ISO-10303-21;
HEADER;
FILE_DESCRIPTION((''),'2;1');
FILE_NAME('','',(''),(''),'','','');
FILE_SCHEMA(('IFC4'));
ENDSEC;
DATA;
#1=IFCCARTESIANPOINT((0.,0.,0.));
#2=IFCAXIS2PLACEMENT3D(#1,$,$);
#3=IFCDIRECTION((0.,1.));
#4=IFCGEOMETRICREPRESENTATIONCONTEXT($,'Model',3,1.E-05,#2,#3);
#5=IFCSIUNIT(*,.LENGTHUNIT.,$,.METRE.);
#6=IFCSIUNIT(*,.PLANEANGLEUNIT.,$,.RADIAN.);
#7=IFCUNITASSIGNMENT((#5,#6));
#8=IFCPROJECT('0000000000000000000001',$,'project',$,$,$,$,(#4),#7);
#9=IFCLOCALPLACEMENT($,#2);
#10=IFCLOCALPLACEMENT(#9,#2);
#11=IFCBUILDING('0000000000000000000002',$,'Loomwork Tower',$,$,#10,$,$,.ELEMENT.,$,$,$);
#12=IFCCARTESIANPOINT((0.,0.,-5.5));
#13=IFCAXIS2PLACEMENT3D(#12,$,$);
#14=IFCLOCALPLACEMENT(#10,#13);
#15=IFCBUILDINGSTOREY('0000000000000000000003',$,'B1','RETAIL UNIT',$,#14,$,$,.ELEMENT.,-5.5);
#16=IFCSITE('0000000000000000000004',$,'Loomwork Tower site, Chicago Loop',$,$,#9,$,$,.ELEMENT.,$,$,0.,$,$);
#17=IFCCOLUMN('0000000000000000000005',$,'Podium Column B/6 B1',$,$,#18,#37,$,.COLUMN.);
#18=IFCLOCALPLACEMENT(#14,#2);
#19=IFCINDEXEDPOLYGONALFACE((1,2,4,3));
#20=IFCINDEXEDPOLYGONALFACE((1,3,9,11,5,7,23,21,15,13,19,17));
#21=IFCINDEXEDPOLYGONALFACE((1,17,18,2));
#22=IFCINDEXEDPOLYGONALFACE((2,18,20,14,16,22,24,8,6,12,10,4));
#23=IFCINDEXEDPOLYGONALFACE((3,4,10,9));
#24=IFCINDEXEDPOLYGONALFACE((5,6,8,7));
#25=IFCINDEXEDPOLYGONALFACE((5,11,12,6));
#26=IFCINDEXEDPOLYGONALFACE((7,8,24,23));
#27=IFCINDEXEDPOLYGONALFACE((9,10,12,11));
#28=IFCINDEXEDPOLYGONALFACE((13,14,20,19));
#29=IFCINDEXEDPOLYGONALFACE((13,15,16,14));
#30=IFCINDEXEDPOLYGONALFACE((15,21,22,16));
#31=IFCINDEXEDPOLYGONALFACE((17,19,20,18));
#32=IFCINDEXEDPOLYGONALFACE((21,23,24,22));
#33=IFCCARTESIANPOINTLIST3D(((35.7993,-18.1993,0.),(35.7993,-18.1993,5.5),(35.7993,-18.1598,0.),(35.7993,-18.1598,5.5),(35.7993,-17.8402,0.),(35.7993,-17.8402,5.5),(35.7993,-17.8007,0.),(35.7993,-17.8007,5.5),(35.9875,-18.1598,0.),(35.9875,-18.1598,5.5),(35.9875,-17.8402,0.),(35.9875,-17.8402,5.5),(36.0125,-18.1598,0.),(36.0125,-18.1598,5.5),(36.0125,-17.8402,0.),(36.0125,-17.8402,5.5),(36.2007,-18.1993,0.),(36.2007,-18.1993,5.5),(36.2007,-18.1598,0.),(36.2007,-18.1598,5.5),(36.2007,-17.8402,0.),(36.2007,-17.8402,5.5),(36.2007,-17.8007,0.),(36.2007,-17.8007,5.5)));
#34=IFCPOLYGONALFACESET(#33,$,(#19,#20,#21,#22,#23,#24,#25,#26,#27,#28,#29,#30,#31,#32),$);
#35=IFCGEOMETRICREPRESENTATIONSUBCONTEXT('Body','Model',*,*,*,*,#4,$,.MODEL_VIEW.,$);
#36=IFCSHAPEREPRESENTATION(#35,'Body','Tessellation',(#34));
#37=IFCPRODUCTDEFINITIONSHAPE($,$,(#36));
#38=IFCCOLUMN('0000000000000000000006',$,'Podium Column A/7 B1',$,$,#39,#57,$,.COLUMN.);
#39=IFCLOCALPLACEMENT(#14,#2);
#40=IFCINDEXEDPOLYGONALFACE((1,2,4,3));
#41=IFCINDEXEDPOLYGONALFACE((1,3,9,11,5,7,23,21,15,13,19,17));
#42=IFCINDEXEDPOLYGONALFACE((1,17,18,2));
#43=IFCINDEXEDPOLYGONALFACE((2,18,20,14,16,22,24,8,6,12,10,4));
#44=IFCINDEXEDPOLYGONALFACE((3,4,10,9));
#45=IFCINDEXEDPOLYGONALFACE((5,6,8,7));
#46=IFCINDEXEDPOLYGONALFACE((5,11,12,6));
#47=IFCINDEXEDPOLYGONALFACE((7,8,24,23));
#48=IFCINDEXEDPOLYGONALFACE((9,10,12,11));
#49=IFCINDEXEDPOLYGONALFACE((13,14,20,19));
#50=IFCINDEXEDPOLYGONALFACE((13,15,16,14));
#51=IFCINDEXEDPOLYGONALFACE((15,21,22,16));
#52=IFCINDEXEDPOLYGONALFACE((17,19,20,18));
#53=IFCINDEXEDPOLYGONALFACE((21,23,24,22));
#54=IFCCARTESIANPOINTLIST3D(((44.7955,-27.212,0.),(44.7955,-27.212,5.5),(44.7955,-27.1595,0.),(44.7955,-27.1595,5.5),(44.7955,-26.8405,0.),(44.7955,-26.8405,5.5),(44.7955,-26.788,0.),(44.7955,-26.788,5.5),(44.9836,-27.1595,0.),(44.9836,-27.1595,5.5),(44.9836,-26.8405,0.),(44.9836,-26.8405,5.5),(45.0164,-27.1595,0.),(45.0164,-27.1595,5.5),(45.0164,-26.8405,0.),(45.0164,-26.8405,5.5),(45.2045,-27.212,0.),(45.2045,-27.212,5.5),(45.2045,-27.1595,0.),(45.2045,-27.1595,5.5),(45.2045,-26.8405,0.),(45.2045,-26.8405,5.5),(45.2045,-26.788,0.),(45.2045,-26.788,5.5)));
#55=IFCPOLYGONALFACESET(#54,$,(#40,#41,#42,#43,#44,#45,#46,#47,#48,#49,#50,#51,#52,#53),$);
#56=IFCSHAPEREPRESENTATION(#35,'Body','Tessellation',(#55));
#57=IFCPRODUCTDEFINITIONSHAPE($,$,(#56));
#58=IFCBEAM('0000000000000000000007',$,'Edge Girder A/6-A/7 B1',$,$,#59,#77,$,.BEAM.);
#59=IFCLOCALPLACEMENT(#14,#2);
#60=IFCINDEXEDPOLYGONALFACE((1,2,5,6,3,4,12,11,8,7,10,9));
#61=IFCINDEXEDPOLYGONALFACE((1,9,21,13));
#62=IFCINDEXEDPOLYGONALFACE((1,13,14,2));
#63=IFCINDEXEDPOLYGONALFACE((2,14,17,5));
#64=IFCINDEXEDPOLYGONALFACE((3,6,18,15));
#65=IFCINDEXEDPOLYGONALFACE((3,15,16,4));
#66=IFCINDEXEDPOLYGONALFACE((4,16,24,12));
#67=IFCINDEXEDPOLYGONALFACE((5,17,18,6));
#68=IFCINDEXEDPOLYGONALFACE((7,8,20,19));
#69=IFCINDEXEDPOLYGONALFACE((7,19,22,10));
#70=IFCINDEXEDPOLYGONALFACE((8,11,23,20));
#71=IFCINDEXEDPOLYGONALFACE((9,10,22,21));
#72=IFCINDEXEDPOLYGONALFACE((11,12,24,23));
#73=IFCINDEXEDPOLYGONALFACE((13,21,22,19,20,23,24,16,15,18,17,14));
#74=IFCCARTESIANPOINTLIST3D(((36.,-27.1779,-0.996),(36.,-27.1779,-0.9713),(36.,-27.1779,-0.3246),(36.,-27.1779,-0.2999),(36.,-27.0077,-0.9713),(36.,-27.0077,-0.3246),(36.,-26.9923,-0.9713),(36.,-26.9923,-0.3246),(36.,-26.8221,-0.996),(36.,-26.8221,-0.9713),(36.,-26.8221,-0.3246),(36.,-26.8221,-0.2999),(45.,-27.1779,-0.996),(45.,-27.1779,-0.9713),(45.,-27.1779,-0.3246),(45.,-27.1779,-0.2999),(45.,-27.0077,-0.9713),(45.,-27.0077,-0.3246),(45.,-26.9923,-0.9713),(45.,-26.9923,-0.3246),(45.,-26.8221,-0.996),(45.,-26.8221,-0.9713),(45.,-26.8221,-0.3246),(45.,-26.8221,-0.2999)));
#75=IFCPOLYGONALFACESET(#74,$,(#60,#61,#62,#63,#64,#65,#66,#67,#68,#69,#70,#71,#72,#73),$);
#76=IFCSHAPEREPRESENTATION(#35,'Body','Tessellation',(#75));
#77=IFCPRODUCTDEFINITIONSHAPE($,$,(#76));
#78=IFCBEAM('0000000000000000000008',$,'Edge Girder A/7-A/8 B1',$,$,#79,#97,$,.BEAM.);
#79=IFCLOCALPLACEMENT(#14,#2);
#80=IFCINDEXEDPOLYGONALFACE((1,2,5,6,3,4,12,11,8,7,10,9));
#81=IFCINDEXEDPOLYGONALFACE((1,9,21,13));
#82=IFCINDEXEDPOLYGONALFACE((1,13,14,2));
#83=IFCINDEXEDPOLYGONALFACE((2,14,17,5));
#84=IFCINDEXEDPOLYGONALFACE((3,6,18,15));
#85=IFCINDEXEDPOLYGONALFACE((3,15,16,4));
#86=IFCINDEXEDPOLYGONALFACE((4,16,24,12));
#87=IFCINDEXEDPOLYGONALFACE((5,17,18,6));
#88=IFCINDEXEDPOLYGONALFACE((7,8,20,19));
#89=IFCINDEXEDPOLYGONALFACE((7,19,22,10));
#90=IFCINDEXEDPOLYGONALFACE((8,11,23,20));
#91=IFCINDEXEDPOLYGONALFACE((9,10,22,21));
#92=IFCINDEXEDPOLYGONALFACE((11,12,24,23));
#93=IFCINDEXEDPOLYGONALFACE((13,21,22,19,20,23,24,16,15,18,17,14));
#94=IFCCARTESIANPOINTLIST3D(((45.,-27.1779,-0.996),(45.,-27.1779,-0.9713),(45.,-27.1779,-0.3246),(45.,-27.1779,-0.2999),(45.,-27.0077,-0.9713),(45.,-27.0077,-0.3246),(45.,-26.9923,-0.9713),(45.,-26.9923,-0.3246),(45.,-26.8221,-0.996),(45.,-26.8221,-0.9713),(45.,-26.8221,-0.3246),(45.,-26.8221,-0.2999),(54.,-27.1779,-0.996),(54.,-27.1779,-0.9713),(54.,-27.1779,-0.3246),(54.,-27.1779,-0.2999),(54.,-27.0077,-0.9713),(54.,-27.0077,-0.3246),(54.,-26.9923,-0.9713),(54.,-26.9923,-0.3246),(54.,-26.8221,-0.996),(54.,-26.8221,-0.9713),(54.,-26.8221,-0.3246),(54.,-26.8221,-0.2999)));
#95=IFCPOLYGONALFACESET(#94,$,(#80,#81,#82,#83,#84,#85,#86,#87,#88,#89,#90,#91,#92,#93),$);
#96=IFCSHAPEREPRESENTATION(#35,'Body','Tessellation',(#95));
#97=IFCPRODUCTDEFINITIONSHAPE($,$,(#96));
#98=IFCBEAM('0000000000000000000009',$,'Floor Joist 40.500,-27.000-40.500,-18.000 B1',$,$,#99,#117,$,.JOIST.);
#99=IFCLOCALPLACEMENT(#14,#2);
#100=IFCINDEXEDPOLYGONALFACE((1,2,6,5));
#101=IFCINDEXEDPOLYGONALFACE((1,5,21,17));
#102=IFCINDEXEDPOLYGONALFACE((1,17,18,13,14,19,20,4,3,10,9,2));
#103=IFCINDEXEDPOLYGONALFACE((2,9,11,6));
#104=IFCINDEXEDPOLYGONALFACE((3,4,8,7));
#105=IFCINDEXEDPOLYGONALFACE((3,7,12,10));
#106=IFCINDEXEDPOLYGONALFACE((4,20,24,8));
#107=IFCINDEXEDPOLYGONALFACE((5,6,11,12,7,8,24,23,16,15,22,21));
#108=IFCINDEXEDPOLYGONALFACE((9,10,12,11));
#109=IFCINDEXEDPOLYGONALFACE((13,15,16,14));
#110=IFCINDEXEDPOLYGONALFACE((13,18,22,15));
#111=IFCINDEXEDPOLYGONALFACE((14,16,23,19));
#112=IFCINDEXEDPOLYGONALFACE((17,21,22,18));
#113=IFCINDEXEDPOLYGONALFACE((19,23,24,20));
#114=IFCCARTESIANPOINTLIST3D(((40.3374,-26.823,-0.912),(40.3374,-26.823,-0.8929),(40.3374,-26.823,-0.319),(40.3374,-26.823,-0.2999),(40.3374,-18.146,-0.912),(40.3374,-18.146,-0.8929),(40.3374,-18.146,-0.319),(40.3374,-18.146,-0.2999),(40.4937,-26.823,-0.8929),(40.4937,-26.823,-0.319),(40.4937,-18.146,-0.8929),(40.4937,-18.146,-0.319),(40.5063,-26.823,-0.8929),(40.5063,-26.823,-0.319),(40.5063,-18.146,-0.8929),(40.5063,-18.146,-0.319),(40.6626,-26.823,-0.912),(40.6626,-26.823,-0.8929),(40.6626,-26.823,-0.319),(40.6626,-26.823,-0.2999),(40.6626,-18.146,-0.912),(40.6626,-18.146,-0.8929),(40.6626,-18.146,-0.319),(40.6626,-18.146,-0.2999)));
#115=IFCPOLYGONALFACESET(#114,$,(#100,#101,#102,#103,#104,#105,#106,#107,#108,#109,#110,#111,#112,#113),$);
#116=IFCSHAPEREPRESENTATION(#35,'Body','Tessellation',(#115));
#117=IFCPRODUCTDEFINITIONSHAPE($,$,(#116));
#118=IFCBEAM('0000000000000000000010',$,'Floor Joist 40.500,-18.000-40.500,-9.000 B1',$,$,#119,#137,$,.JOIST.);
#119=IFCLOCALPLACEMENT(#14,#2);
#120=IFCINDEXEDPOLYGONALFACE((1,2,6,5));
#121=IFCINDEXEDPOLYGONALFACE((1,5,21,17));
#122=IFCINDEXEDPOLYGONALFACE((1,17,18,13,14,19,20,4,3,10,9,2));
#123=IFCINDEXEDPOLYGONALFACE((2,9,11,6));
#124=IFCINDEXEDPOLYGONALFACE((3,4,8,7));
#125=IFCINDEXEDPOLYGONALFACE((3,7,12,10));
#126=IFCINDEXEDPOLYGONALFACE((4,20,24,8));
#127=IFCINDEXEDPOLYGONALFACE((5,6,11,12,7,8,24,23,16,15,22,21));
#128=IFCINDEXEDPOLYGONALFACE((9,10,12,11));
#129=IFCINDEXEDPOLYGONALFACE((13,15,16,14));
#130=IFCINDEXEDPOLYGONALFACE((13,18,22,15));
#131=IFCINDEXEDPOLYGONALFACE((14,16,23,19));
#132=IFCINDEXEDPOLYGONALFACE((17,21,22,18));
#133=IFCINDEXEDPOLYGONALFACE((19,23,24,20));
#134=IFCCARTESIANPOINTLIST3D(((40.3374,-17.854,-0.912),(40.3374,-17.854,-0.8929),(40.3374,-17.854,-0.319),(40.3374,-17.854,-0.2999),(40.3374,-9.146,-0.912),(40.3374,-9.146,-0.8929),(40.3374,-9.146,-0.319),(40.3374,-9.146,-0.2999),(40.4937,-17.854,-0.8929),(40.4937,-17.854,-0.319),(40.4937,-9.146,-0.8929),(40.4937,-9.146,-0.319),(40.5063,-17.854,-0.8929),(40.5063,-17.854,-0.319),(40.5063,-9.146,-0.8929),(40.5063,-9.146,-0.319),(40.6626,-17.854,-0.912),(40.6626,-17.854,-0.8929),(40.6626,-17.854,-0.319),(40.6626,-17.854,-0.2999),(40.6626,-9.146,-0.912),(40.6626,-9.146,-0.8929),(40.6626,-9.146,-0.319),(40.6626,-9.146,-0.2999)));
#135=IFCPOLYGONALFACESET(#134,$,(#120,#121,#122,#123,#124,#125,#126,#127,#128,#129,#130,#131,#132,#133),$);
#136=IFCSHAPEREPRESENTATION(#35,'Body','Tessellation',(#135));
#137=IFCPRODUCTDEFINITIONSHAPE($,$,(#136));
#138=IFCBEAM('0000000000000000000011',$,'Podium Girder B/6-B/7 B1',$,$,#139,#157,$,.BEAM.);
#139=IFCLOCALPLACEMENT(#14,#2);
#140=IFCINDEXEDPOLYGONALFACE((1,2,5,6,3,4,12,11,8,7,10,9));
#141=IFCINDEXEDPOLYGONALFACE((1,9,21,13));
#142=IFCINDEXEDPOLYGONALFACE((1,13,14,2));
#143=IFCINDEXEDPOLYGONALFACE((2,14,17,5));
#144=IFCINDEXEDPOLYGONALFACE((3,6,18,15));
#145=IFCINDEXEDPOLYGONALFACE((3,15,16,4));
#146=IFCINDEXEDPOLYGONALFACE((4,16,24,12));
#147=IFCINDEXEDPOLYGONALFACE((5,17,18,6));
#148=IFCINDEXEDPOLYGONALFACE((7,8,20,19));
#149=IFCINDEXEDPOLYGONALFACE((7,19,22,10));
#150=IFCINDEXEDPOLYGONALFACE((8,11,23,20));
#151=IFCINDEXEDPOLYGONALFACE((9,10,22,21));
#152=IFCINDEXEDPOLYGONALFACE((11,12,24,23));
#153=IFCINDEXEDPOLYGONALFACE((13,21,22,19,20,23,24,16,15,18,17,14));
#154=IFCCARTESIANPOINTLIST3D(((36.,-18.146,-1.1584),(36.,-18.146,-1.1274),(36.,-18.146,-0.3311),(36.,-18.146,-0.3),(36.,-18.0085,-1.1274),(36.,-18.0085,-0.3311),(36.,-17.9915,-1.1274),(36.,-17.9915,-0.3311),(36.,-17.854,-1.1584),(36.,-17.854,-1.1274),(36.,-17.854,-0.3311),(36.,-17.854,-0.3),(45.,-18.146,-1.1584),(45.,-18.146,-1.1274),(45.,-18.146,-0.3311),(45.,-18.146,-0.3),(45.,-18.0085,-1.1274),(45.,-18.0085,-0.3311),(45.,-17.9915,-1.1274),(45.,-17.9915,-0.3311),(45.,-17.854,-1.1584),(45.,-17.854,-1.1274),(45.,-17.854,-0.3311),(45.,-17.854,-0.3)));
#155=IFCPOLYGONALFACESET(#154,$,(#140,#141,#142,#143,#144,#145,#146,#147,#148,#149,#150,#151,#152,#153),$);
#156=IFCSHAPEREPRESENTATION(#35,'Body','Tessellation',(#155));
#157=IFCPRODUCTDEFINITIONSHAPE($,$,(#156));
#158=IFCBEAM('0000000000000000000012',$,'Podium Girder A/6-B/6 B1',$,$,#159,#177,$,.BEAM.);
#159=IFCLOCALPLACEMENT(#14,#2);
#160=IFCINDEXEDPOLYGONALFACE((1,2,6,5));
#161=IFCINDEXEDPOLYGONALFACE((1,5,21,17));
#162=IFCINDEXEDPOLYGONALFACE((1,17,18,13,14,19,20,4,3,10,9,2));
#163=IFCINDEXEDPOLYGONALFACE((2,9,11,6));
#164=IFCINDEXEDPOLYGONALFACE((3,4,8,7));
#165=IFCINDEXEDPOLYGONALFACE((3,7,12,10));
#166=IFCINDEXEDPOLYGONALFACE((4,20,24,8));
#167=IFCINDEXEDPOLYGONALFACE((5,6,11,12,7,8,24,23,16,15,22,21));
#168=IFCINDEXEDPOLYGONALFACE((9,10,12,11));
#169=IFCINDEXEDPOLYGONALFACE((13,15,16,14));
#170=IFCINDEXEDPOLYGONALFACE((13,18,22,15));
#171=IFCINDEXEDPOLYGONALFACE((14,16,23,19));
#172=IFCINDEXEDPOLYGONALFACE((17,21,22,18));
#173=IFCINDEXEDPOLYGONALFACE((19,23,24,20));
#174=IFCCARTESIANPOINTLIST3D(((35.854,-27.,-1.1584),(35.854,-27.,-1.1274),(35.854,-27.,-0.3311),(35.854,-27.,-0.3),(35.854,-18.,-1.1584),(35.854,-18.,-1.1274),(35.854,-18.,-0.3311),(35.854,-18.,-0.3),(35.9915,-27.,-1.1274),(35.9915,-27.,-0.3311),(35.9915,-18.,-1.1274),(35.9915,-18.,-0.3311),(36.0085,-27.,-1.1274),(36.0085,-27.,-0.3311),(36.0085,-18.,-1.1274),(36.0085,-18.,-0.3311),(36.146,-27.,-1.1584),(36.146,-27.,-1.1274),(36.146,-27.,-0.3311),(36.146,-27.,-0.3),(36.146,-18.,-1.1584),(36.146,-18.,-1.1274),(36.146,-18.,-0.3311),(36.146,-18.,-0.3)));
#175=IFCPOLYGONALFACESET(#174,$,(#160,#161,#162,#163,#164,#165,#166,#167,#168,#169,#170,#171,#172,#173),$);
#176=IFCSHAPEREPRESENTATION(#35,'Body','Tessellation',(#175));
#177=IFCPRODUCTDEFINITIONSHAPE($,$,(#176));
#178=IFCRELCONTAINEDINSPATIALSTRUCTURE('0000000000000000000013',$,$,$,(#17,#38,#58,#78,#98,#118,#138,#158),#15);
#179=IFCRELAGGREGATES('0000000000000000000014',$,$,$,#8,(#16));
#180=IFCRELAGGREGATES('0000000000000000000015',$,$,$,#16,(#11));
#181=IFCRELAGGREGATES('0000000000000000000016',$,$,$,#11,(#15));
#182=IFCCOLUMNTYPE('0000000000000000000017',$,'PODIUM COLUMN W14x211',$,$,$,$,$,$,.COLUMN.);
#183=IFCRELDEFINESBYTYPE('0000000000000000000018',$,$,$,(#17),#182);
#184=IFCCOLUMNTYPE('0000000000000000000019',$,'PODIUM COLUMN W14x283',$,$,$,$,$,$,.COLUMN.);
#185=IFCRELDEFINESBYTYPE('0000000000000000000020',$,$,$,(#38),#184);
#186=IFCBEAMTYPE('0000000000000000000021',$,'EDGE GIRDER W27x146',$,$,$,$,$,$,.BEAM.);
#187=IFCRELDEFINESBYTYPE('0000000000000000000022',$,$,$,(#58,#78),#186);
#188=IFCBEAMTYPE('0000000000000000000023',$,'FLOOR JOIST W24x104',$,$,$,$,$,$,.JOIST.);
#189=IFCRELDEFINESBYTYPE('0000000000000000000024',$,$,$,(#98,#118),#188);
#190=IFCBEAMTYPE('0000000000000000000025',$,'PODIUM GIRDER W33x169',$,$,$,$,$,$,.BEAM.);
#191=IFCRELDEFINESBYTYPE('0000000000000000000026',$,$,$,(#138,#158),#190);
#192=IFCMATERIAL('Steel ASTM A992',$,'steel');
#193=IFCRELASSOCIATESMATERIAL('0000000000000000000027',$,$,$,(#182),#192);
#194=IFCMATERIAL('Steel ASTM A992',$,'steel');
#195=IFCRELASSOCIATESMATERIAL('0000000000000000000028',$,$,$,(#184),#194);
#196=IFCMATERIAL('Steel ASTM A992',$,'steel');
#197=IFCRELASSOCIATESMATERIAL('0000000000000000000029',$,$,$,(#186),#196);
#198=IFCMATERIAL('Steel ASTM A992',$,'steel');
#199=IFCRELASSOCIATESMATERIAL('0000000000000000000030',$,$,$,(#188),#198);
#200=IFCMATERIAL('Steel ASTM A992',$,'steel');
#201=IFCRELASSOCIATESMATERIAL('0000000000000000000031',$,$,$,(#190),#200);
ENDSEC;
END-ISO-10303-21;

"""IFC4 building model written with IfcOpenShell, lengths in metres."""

from ifc_helpers import new_model, si_unit, direction, frame, origin, origin_2d, place, context, subcontext, project, spatial, i_section, extrude, material, material_profile, profile_set, type_object, element, save


model = new_model("IFC4")

# Units and contexts
model_context = context("Model", 3, precision=1e-05, world=origin(), true_north=direction((0.0, 1.0)))
body_context = subcontext(model_context, "Body", "Model", "MODEL_VIEW")
ifc_project = project(units=[si_unit("LENGTHUNIT", "METRE"), si_unit("PLANEANGLEUNIT", "RADIAN")], contexts=[model_context])

# Site, building, storey
site_placement = place(None, origin())
site = spatial("IfcSite", under=ifc_project, at=site_placement, Name="Loomwork Tower site, Chicago Loop", CompositionType="ELEMENT", RefElevation=0.0)
building_placement = place(site_placement, origin())
building = spatial("IfcBuilding", under=site, at=building_placement, Name="Loomwork Tower", CompositionType="ELEMENT")
storey_placement = place(building_placement, frame((0.0, 0.0, -5.5)))
storey = spatial("IfcBuildingStorey", under=building, at=storey_placement, Name="B1", Description="RETAIL UNIT", CompositionType="ELEMENT", Elevation=-5.5)

# Columns
ifc_material_1 = material(Name="Steel ASTM A992", Category="steel")
ifc_material_profile_1 = material_profile(ifc_material_1, i_section(OverallWidth=0.4014, OverallDepth=0.3987, WebThickness=0.0249, FlangeThickness=0.0396, at=origin_2d()), Name="W14x211")
ifc_profile_set_1 = profile_set([ifc_material_profile_1], Name="Steel ASTM A992")
column_type_1 = type_object("IfcColumnType", Name="PODIUM COLUMN W14x211", PredefinedType="COLUMN", material=ifc_profile_set_1)
column_1_placement = place(storey_placement, frame((36.0, -18.0, 0.0), z_axis=(0.0, 0.0, 1.0), x_axis=(1.0, 0.0, 0.0)))
element("IfcColumn", 1, at=column_1_placement, inside=storey, type_object=column_type_1, Name="Podium Column B/6 B1", PredefinedType="COLUMN", context=body_context, shape_type="SweptSolid", body=[
    extrude(i_section(OverallWidth=0.4014, OverallDepth=0.3987, WebThickness=0.0249, FlangeThickness=0.0396, at=origin_2d()), origin(), (0.0, 0.0, 1.0), 5.5),
])
ifc_material_2 = material(Name="Steel ASTM A992", Category="steel")
ifc_material_profile_2 = material_profile(ifc_material_2, i_section(OverallWidth=0.4089, OverallDepth=0.4241, WebThickness=0.0327, FlangeThickness=0.0525, at=origin_2d()), Name="W14x283")
ifc_profile_set_2 = profile_set([ifc_material_profile_2], Name="Steel ASTM A992")
column_type_2 = type_object("IfcColumnType", Name="PODIUM COLUMN W14x283", PredefinedType="COLUMN", material=ifc_profile_set_2)
column_2_placement = place(storey_placement, frame((45.0, -27.0, 0.0), z_axis=(0.0, 0.0, 1.0), x_axis=(1.0, 0.0, 0.0)))
element("IfcColumn", 2, at=column_2_placement, inside=storey, type_object=column_type_2, Name="Podium Column A/7 B1", PredefinedType="COLUMN", context=body_context, shape_type="SweptSolid", body=[
    extrude(i_section(OverallWidth=0.4089, OverallDepth=0.4241, WebThickness=0.0327, FlangeThickness=0.0525, at=origin_2d()), origin(), (0.0, 0.0, 1.0), 5.5),
])

# Beams
ifc_material_3 = material(Name="Steel ASTM A992", Category="steel")
ifc_material_profile_3 = material_profile(ifc_material_3, i_section(OverallWidth=0.3557, OverallDepth=0.696, WebThickness=0.0154, FlangeThickness=0.0247, at=origin_2d()), Name="W27x146")
ifc_profile_set_3 = profile_set([ifc_material_profile_3], Name="Steel ASTM A992")
beam_type_1 = type_object("IfcBeamType", Name="EDGE GIRDER W27x146", PredefinedType="BEAM", material=ifc_profile_set_3)
for number, where, z_axis, x_axis, name in (
    (3, (36.0, -27.0, -0.6479), (1.0, 0.0, 0.0), (0.0, 1.0, 0.0), "Edge Girder A/6-A/7 B1"),
    (4, (45.0, -27.0, -0.6479), (1.0, 0.0, 0.0), (0.0, 1.0, 0.0), "Edge Girder A/7-A/8 B1"),
):
    element("IfcBeam", number, at=place(storey_placement, frame(where, z_axis=z_axis, x_axis=x_axis)), inside=storey, type_object=beam_type_1, Name=name, PredefinedType="BEAM", context=body_context, shape_type="SweptSolid", body=[
        extrude(i_section(OverallWidth=0.3557, OverallDepth=0.696, WebThickness=0.0154, FlangeThickness=0.0247, at=origin_2d()), origin(), (0.0, 0.0, 1.0), 9.0),
    ])
ifc_material_4 = material(Name="Steel ASTM A992", Category="steel")
ifc_material_profile_4 = material_profile(ifc_material_4, i_section(OverallWidth=0.3252, OverallDepth=0.6121, WebThickness=0.0127, FlangeThickness=0.019, at=origin_2d()), Name="W24x104")
ifc_profile_set_4 = profile_set([ifc_material_profile_4], Name="Steel ASTM A992")
beam_type_2 = type_object("IfcBeamType", Name="FLOOR JOIST W24x104", PredefinedType="JOIST", material=ifc_profile_set_4)
beam_1_placement = place(storey_placement, frame((40.5, -26.823, -0.606), z_axis=(0.0, 1.0, 0.0), x_axis=(-1.0, 0.0, 0.0)))
element("IfcBeam", 5, at=beam_1_placement, inside=storey, type_object=beam_type_2, Name="Floor Joist 40.500,-27.000-40.500,-18.000 B1", PredefinedType="JOIST", context=body_context, shape_type="SweptSolid", body=[
    extrude(i_section(OverallWidth=0.3252, OverallDepth=0.6121, WebThickness=0.0127, FlangeThickness=0.019, at=origin_2d()), origin(), (0.0, 0.0, 1.0), 8.677),
])
beam_2_placement = place(storey_placement, frame((40.5, -17.854, -0.606), z_axis=(0.0, 1.0, 0.0), x_axis=(-1.0, 0.0, 0.0)))
element("IfcBeam", 6, at=beam_2_placement, inside=storey, type_object=beam_type_2, Name="Floor Joist 40.500,-18.000-40.500,-9.000 B1", PredefinedType="JOIST", context=body_context, shape_type="SweptSolid", body=[
    extrude(i_section(OverallWidth=0.3252, OverallDepth=0.6121, WebThickness=0.0127, FlangeThickness=0.019, at=origin_2d()), origin(), (0.0, 0.0, 1.0), 8.708),
])
ifc_material_5 = material(Name="Steel ASTM A992", Category="steel")
ifc_material_profile_5 = material_profile(ifc_material_5, i_section(OverallWidth=0.292, OverallDepth=0.8584, WebThickness=0.0171, FlangeThickness=0.031, at=origin_2d()), Name="W33x169")
ifc_profile_set_5 = profile_set([ifc_material_profile_5], Name="Steel ASTM A992")
beam_type_3 = type_object("IfcBeamType", Name="PODIUM GIRDER W33x169", PredefinedType="BEAM", material=ifc_profile_set_5)
for number, where, z_axis, x_axis, name in (
    (7, (36.0, -18.0, -0.7292), (1.0, 0.0, 0.0), (0.0, 1.0, 0.0), "Podium Girder B/6-B/7 B1"),
    (8, (36.0, -27.0, -0.7292), (0.0, 1.0, 0.0), (-1.0, 0.0, 0.0), "Podium Girder A/6-B/6 B1"),
):
    element("IfcBeam", number, at=place(storey_placement, frame(where, z_axis=z_axis, x_axis=x_axis)), inside=storey, type_object=beam_type_3, Name=name, PredefinedType="BEAM", context=body_context, shape_type="SweptSolid", body=[
        extrude(i_section(OverallWidth=0.292, OverallDepth=0.8584, WebThickness=0.0171, FlangeThickness=0.031, at=origin_2d()), origin(), (0.0, 0.0, 1.0), 9.0),
    ])

save(model, "model.ifc")
